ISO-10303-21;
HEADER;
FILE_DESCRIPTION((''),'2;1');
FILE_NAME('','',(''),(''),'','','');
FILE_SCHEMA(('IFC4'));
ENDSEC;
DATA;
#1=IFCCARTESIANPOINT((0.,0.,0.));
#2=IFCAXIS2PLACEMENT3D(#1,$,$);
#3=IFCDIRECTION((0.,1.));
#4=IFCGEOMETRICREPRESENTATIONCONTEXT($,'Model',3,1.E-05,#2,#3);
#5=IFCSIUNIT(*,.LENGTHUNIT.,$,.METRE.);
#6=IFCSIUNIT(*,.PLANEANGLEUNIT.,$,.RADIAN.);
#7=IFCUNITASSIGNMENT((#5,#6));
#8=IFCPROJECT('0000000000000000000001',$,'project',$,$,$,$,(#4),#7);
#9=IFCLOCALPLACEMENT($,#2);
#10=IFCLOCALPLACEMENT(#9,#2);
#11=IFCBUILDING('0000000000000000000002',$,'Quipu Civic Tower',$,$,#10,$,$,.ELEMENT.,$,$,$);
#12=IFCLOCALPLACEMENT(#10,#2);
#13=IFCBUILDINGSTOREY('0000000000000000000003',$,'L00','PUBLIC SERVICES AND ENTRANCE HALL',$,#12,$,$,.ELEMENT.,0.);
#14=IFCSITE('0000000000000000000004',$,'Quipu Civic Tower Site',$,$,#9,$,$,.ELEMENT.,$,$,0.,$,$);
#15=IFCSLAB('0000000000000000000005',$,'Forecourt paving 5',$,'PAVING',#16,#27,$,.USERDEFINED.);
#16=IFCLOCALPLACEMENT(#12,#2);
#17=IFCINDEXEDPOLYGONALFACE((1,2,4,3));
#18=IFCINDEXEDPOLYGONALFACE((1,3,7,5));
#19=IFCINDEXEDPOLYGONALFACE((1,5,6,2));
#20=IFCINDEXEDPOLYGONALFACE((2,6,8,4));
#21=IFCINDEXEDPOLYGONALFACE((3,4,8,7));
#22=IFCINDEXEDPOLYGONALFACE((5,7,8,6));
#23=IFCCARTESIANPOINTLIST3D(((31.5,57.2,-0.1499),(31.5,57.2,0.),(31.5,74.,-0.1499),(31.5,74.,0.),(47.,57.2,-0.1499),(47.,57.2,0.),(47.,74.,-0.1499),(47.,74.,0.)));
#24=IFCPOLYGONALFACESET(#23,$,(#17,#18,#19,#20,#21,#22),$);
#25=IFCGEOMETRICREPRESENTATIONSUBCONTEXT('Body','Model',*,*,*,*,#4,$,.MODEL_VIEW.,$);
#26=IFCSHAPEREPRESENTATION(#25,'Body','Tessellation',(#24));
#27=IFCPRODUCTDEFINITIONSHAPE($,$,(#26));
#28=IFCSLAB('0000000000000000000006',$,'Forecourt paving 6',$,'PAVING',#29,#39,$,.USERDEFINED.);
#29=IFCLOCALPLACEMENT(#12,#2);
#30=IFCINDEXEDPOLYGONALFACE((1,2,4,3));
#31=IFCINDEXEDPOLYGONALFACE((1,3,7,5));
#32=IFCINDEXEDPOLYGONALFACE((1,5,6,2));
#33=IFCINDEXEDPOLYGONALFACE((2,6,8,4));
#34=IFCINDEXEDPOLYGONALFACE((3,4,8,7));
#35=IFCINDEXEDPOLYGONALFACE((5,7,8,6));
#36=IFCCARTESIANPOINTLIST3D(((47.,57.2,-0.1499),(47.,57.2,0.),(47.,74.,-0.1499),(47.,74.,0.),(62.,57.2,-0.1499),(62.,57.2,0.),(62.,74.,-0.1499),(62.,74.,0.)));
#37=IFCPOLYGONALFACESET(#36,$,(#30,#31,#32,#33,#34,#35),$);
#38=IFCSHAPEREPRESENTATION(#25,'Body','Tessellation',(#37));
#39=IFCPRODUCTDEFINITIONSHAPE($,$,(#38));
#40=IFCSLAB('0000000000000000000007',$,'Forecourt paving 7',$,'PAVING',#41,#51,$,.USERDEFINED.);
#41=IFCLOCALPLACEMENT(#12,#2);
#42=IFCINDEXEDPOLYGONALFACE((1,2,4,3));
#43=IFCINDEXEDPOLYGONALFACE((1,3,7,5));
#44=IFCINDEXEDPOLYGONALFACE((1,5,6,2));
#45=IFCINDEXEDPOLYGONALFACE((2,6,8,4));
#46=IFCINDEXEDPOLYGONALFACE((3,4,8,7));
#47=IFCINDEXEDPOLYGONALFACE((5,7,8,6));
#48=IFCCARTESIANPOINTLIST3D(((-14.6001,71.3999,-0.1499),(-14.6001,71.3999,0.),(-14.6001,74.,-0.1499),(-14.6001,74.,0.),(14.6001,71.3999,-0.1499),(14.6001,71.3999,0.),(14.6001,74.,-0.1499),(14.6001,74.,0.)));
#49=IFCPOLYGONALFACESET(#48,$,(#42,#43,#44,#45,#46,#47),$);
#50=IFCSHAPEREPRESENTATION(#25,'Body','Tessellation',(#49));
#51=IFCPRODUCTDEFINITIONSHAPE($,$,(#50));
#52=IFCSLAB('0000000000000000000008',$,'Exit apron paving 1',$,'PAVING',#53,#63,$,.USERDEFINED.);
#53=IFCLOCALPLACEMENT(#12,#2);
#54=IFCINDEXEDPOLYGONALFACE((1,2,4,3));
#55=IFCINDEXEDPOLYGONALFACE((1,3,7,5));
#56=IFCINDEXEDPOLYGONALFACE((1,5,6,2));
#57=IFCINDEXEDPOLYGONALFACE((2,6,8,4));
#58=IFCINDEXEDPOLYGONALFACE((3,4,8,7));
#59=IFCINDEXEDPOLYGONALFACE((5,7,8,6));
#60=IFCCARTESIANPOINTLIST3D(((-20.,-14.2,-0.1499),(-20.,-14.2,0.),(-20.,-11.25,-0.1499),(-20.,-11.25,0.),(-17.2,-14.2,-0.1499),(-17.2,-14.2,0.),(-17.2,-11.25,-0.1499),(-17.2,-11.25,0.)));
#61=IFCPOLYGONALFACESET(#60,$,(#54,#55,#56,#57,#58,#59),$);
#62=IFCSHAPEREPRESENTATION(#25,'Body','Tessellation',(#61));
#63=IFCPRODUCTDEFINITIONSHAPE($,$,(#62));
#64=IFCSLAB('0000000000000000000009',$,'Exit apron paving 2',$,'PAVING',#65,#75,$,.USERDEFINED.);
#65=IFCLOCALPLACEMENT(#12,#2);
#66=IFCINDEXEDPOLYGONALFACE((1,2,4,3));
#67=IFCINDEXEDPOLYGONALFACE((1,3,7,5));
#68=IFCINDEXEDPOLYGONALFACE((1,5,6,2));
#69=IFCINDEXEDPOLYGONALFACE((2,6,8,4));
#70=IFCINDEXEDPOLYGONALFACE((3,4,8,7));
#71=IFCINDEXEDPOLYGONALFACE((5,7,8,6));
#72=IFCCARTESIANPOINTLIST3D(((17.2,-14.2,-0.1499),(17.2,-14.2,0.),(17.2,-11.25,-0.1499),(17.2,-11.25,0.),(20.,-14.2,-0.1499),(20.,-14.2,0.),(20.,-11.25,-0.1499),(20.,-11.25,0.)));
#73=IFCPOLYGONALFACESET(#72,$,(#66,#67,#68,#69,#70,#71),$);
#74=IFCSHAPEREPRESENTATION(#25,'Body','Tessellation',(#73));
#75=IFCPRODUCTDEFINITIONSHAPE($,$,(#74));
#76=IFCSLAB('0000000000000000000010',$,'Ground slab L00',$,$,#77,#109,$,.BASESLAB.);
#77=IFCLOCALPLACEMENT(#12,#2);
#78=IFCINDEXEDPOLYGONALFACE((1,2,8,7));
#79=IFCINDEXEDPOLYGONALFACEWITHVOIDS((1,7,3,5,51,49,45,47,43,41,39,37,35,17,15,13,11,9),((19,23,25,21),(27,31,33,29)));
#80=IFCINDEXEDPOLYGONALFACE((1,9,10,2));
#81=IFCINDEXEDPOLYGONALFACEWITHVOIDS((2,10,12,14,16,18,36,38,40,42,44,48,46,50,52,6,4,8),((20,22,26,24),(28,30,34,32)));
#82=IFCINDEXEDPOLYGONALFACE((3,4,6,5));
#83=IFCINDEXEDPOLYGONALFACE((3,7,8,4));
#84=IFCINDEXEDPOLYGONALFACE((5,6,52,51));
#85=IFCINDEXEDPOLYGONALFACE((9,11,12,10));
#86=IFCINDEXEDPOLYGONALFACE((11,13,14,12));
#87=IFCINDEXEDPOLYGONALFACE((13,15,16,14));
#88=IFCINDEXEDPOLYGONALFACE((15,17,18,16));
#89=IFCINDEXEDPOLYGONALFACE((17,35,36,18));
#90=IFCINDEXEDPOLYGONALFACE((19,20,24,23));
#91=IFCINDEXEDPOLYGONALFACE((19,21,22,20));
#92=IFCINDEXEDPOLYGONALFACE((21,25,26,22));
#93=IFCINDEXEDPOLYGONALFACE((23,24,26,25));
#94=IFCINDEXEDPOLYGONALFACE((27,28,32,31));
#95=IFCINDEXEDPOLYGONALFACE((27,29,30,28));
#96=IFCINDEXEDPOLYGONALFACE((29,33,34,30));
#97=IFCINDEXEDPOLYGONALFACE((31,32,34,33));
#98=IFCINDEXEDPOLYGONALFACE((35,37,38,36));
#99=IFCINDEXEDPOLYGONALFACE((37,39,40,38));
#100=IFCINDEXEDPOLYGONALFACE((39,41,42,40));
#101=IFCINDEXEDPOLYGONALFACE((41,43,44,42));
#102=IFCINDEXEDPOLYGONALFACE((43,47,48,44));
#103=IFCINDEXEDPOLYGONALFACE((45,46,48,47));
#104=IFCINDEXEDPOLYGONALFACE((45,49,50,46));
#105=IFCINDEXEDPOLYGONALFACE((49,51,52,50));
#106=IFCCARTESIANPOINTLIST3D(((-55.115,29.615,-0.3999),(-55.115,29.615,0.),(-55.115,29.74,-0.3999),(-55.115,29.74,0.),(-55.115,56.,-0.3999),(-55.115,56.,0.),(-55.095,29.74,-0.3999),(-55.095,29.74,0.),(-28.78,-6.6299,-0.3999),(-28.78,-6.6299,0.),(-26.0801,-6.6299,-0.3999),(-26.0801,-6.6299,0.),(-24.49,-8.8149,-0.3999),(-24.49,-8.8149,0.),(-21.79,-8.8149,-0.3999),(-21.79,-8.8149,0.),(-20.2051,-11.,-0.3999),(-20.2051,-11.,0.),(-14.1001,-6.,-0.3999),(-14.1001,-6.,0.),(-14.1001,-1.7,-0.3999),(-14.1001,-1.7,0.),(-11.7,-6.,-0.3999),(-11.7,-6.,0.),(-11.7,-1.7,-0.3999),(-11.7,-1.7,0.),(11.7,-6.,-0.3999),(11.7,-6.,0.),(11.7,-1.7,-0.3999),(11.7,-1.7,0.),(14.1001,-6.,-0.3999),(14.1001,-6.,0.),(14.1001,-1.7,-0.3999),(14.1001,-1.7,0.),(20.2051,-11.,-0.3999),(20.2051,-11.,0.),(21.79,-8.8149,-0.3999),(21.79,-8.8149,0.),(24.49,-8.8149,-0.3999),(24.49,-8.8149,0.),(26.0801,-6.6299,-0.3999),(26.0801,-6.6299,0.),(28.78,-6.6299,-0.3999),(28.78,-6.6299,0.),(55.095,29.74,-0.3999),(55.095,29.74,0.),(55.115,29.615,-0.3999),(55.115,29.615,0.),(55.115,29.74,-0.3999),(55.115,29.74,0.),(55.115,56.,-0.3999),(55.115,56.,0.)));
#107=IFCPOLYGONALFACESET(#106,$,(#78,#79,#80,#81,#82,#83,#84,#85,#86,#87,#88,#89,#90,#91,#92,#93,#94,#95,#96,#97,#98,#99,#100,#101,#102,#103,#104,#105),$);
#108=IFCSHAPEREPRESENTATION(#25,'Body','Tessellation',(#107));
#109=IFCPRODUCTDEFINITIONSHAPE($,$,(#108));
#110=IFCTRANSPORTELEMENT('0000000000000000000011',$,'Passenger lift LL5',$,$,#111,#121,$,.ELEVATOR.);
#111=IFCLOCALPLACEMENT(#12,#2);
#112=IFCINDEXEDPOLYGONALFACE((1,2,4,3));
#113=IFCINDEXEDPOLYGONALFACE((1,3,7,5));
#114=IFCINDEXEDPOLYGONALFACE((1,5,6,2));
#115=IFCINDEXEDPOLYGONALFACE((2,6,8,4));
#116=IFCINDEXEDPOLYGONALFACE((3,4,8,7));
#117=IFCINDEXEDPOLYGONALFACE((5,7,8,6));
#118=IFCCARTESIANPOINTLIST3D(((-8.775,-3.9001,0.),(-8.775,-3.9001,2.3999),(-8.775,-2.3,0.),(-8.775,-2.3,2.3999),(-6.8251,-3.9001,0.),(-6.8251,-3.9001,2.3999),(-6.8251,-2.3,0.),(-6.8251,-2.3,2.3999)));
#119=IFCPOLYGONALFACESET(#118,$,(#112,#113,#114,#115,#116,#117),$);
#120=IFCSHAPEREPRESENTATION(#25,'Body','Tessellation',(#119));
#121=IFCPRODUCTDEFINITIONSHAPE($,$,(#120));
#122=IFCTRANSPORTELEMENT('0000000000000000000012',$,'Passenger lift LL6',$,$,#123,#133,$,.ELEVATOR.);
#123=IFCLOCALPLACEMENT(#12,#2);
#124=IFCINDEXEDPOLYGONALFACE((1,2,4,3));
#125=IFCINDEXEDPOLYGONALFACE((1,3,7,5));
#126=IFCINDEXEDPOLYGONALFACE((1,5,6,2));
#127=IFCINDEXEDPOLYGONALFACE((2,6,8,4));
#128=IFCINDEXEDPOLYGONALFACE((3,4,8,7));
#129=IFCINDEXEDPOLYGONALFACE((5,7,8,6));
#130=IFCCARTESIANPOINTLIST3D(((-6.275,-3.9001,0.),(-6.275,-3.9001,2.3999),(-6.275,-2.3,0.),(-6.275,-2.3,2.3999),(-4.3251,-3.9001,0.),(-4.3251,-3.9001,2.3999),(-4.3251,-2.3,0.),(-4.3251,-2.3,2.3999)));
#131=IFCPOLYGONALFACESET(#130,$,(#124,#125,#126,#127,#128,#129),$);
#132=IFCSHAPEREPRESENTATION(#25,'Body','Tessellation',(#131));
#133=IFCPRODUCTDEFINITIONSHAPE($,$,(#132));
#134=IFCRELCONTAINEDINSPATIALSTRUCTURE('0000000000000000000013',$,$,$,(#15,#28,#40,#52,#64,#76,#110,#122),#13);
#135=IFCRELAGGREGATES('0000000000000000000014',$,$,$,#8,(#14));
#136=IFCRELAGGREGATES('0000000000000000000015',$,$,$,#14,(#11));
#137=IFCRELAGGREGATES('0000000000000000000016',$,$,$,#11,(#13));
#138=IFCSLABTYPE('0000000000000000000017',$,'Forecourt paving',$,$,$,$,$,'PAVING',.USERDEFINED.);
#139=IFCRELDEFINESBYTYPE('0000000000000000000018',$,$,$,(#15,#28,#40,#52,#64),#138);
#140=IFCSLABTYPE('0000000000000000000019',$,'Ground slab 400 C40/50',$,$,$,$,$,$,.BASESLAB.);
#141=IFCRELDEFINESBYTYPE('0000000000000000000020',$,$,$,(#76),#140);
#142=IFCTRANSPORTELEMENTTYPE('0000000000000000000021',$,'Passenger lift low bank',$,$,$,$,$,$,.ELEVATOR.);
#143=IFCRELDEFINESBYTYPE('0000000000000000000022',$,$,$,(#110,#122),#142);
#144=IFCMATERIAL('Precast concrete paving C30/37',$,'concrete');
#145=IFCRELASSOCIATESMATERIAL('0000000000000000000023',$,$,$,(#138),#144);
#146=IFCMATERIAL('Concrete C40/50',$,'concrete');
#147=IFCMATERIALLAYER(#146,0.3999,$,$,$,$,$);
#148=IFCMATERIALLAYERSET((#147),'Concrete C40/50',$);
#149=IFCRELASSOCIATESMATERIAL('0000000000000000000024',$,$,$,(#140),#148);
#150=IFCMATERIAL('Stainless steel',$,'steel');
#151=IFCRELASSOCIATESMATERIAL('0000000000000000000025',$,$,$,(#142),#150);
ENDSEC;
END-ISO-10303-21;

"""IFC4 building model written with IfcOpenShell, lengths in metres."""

from ifc_helpers import new_model, si_unit, direction, frame, origin, origin_2d, place, context, subcontext, project, spatial, polyline, rectangle, outline, extrude, material, layer, layer_set, type_object, element, save


model = new_model("IFC4")

# Units and contexts
model_context = context("Model", 3, precision=1e-05, world=origin(), true_north=direction((0.0, 1.0)))
body_context = subcontext(model_context, "Body", "Model", "MODEL_VIEW")
ifc_project = project(units=[si_unit("LENGTHUNIT", "METRE"), si_unit("PLANEANGLEUNIT", "RADIAN")], contexts=[model_context])

# Site, building, storey
site_placement = place(None, origin())
site = spatial("IfcSite", under=ifc_project, at=site_placement, Name="Quipu Civic Tower Site", CompositionType="ELEMENT", RefElevation=0.0)
building_placement = place(site_placement, origin())
building = spatial("IfcBuilding", under=site, at=building_placement, Name="Quipu Civic Tower", CompositionType="ELEMENT")
storey_placement = place(building_placement, origin())
storey = spatial("IfcBuildingStorey", under=building, at=storey_placement, Name="L00", Description="PUBLIC SERVICES AND ENTRANCE HALL", CompositionType="ELEMENT", Elevation=0.0)

# Slabs
ifc_material_1 = material(Name="Precast concrete paving C30/37", Category="concrete")
slab_type_1 = type_object("IfcSlabType", Name="Forecourt paving", ElementType="PAVING", PredefinedType="USERDEFINED", material=ifc_material_1)
slab_1_placement = place(storey_placement, frame((0.0, 0.0, -0.1499)))
element("IfcSlab", 1, at=slab_1_placement, inside=storey, type_object=slab_type_1, Name="Forecourt paving 5", ObjectType="PAVING", PredefinedType="USERDEFINED", context=body_context, shape_type="SweptSolid", body=[
    extrude(outline(polyline([(47.0, 57.2), (47.0, 74.0), (31.5, 74.0), (31.5, 57.2), (47.0, 57.2)])), origin(), (0.0, 0.0, 1.0), 0.1499),
])
slab_2_placement = place(storey_placement, frame((0.0, 0.0, -0.1499)))
element("IfcSlab", 2, at=slab_2_placement, inside=storey, type_object=slab_type_1, Name="Forecourt paving 6", ObjectType="PAVING", PredefinedType="USERDEFINED", context=body_context, shape_type="SweptSolid", body=[
    extrude(outline(polyline([(62.0, 57.2), (62.0, 74.0), (47.0, 74.0), (47.0, 57.2), (62.0, 57.2)])), origin(), (0.0, 0.0, 1.0), 0.1499),
])
slab_3_placement = place(storey_placement, frame((0.0, 0.0, -0.1499)))
element("IfcSlab", 3, at=slab_3_placement, inside=storey, type_object=slab_type_1, Name="Forecourt paving 7", ObjectType="PAVING", PredefinedType="USERDEFINED", context=body_context, shape_type="SweptSolid", body=[
    extrude(outline(polyline([(14.6001, 71.3999), (14.6001, 74.0), (-14.6001, 74.0), (-14.6001, 71.3999), (14.6001, 71.3999)])), origin(), (0.0, 0.0, 1.0), 0.1499),
])
slab_4_placement = place(storey_placement, frame((0.0, 0.0, -0.1499)))
element("IfcSlab", 4, at=slab_4_placement, inside=storey, type_object=slab_type_1, Name="Exit apron paving 1", ObjectType="PAVING", PredefinedType="USERDEFINED", context=body_context, shape_type="SweptSolid", body=[
    extrude(outline(polyline([(-17.2, -11.25), (-17.2, -14.2), (-20.0, -14.2), (-20.0, -11.25), (-17.2, -11.25)])), origin(), (0.0, 0.0, 1.0), 0.1499),
])
slab_5_placement = place(storey_placement, frame((0.0, 0.0, -0.1499)))
element("IfcSlab", 5, at=slab_5_placement, inside=storey, type_object=slab_type_1, Name="Exit apron paving 2", ObjectType="PAVING", PredefinedType="USERDEFINED", context=body_context, shape_type="SweptSolid", body=[
    extrude(outline(polyline([(20.0, -11.25), (20.0, -14.2), (17.2, -14.2), (17.2, -11.25), (20.0, -11.25)])), origin(), (0.0, 0.0, 1.0), 0.1499),
])
ifc_material_2 = material(Name="Concrete C40/50", Category="concrete")
ifc_layer_1 = layer(ifc_material_2, 0.3999)
ifc_layer_set_1 = layer_set([ifc_layer_1], Name="Concrete C40/50")
slab_type_2 = type_object("IfcSlabType", Name="Ground slab 400 C40/50", PredefinedType="BASESLAB", material=ifc_layer_set_1)
slab_6_placement = place(storey_placement, frame((0.0, 0.0, -0.3999)))
element("IfcSlab", 6, at=slab_6_placement, inside=storey, type_object=slab_type_2, Name="Ground slab L00", PredefinedType="BASESLAB", context=body_context, shape_type="SweptSolid", body=[
    extrude(outline(polyline([(24.49, -8.8149), (21.79, -8.8149), (20.2051, -11.0), (-20.2051, -11.0), (-21.79, -8.8149), (-24.49, -8.8149), (-26.0801, -6.6299), (-28.78, -6.6299), (-55.115, 29.615), (-55.095, 29.74), (-55.115, 29.74), (-55.115, 56.0), (55.115, 56.0), (55.115, 29.74), (55.095, 29.74), (55.115, 29.615), (28.78, -6.6299), (26.0801, -6.6299), (24.49, -8.8149)]), holes=[polyline([(-11.7, -1.7), (-14.1001, -1.7), (-14.1001, -6.0), (-11.7, -6.0), (-11.7, -1.7)]), polyline([(14.1001, -1.7), (11.7, -1.7), (11.7, -6.0), (14.1001, -6.0), (14.1001, -1.7)])]), origin(), (0.0, 0.0, 1.0), 0.3999),
])

# Transport elements
ifc_material_3 = material(Name="Stainless steel", Category="steel")
transport_element_type = type_object("IfcTransportElementType", Name="Passenger lift low bank", PredefinedType="ELEVATOR", material=ifc_material_3)
for number, where, z_axis, x_axis, name in (
    (7, (-7.8, -3.1001, 0.0), (0.0, 0.0, 1.0), (1.0, 0.0, 0.0), "Passenger lift LL5"),
    (8, (-5.3, -3.1001, 0.0), (0.0, 0.0, 1.0), (1.0, 0.0, 0.0), "Passenger lift LL6"),
):
    element("IfcTransportElement", number, at=place(storey_placement, frame(where, z_axis=z_axis, x_axis=x_axis)), inside=storey, type_object=transport_element_type, Name=name, PredefinedType="ELEVATOR", context=body_context, shape_type="SweptSolid", body=[
        extrude(rectangle(XDim=1.95, YDim=1.6001, at=origin_2d()), origin(), (0.0, 0.0, 1.0), 2.3999),
    ])

save(model, "model.ifc")
